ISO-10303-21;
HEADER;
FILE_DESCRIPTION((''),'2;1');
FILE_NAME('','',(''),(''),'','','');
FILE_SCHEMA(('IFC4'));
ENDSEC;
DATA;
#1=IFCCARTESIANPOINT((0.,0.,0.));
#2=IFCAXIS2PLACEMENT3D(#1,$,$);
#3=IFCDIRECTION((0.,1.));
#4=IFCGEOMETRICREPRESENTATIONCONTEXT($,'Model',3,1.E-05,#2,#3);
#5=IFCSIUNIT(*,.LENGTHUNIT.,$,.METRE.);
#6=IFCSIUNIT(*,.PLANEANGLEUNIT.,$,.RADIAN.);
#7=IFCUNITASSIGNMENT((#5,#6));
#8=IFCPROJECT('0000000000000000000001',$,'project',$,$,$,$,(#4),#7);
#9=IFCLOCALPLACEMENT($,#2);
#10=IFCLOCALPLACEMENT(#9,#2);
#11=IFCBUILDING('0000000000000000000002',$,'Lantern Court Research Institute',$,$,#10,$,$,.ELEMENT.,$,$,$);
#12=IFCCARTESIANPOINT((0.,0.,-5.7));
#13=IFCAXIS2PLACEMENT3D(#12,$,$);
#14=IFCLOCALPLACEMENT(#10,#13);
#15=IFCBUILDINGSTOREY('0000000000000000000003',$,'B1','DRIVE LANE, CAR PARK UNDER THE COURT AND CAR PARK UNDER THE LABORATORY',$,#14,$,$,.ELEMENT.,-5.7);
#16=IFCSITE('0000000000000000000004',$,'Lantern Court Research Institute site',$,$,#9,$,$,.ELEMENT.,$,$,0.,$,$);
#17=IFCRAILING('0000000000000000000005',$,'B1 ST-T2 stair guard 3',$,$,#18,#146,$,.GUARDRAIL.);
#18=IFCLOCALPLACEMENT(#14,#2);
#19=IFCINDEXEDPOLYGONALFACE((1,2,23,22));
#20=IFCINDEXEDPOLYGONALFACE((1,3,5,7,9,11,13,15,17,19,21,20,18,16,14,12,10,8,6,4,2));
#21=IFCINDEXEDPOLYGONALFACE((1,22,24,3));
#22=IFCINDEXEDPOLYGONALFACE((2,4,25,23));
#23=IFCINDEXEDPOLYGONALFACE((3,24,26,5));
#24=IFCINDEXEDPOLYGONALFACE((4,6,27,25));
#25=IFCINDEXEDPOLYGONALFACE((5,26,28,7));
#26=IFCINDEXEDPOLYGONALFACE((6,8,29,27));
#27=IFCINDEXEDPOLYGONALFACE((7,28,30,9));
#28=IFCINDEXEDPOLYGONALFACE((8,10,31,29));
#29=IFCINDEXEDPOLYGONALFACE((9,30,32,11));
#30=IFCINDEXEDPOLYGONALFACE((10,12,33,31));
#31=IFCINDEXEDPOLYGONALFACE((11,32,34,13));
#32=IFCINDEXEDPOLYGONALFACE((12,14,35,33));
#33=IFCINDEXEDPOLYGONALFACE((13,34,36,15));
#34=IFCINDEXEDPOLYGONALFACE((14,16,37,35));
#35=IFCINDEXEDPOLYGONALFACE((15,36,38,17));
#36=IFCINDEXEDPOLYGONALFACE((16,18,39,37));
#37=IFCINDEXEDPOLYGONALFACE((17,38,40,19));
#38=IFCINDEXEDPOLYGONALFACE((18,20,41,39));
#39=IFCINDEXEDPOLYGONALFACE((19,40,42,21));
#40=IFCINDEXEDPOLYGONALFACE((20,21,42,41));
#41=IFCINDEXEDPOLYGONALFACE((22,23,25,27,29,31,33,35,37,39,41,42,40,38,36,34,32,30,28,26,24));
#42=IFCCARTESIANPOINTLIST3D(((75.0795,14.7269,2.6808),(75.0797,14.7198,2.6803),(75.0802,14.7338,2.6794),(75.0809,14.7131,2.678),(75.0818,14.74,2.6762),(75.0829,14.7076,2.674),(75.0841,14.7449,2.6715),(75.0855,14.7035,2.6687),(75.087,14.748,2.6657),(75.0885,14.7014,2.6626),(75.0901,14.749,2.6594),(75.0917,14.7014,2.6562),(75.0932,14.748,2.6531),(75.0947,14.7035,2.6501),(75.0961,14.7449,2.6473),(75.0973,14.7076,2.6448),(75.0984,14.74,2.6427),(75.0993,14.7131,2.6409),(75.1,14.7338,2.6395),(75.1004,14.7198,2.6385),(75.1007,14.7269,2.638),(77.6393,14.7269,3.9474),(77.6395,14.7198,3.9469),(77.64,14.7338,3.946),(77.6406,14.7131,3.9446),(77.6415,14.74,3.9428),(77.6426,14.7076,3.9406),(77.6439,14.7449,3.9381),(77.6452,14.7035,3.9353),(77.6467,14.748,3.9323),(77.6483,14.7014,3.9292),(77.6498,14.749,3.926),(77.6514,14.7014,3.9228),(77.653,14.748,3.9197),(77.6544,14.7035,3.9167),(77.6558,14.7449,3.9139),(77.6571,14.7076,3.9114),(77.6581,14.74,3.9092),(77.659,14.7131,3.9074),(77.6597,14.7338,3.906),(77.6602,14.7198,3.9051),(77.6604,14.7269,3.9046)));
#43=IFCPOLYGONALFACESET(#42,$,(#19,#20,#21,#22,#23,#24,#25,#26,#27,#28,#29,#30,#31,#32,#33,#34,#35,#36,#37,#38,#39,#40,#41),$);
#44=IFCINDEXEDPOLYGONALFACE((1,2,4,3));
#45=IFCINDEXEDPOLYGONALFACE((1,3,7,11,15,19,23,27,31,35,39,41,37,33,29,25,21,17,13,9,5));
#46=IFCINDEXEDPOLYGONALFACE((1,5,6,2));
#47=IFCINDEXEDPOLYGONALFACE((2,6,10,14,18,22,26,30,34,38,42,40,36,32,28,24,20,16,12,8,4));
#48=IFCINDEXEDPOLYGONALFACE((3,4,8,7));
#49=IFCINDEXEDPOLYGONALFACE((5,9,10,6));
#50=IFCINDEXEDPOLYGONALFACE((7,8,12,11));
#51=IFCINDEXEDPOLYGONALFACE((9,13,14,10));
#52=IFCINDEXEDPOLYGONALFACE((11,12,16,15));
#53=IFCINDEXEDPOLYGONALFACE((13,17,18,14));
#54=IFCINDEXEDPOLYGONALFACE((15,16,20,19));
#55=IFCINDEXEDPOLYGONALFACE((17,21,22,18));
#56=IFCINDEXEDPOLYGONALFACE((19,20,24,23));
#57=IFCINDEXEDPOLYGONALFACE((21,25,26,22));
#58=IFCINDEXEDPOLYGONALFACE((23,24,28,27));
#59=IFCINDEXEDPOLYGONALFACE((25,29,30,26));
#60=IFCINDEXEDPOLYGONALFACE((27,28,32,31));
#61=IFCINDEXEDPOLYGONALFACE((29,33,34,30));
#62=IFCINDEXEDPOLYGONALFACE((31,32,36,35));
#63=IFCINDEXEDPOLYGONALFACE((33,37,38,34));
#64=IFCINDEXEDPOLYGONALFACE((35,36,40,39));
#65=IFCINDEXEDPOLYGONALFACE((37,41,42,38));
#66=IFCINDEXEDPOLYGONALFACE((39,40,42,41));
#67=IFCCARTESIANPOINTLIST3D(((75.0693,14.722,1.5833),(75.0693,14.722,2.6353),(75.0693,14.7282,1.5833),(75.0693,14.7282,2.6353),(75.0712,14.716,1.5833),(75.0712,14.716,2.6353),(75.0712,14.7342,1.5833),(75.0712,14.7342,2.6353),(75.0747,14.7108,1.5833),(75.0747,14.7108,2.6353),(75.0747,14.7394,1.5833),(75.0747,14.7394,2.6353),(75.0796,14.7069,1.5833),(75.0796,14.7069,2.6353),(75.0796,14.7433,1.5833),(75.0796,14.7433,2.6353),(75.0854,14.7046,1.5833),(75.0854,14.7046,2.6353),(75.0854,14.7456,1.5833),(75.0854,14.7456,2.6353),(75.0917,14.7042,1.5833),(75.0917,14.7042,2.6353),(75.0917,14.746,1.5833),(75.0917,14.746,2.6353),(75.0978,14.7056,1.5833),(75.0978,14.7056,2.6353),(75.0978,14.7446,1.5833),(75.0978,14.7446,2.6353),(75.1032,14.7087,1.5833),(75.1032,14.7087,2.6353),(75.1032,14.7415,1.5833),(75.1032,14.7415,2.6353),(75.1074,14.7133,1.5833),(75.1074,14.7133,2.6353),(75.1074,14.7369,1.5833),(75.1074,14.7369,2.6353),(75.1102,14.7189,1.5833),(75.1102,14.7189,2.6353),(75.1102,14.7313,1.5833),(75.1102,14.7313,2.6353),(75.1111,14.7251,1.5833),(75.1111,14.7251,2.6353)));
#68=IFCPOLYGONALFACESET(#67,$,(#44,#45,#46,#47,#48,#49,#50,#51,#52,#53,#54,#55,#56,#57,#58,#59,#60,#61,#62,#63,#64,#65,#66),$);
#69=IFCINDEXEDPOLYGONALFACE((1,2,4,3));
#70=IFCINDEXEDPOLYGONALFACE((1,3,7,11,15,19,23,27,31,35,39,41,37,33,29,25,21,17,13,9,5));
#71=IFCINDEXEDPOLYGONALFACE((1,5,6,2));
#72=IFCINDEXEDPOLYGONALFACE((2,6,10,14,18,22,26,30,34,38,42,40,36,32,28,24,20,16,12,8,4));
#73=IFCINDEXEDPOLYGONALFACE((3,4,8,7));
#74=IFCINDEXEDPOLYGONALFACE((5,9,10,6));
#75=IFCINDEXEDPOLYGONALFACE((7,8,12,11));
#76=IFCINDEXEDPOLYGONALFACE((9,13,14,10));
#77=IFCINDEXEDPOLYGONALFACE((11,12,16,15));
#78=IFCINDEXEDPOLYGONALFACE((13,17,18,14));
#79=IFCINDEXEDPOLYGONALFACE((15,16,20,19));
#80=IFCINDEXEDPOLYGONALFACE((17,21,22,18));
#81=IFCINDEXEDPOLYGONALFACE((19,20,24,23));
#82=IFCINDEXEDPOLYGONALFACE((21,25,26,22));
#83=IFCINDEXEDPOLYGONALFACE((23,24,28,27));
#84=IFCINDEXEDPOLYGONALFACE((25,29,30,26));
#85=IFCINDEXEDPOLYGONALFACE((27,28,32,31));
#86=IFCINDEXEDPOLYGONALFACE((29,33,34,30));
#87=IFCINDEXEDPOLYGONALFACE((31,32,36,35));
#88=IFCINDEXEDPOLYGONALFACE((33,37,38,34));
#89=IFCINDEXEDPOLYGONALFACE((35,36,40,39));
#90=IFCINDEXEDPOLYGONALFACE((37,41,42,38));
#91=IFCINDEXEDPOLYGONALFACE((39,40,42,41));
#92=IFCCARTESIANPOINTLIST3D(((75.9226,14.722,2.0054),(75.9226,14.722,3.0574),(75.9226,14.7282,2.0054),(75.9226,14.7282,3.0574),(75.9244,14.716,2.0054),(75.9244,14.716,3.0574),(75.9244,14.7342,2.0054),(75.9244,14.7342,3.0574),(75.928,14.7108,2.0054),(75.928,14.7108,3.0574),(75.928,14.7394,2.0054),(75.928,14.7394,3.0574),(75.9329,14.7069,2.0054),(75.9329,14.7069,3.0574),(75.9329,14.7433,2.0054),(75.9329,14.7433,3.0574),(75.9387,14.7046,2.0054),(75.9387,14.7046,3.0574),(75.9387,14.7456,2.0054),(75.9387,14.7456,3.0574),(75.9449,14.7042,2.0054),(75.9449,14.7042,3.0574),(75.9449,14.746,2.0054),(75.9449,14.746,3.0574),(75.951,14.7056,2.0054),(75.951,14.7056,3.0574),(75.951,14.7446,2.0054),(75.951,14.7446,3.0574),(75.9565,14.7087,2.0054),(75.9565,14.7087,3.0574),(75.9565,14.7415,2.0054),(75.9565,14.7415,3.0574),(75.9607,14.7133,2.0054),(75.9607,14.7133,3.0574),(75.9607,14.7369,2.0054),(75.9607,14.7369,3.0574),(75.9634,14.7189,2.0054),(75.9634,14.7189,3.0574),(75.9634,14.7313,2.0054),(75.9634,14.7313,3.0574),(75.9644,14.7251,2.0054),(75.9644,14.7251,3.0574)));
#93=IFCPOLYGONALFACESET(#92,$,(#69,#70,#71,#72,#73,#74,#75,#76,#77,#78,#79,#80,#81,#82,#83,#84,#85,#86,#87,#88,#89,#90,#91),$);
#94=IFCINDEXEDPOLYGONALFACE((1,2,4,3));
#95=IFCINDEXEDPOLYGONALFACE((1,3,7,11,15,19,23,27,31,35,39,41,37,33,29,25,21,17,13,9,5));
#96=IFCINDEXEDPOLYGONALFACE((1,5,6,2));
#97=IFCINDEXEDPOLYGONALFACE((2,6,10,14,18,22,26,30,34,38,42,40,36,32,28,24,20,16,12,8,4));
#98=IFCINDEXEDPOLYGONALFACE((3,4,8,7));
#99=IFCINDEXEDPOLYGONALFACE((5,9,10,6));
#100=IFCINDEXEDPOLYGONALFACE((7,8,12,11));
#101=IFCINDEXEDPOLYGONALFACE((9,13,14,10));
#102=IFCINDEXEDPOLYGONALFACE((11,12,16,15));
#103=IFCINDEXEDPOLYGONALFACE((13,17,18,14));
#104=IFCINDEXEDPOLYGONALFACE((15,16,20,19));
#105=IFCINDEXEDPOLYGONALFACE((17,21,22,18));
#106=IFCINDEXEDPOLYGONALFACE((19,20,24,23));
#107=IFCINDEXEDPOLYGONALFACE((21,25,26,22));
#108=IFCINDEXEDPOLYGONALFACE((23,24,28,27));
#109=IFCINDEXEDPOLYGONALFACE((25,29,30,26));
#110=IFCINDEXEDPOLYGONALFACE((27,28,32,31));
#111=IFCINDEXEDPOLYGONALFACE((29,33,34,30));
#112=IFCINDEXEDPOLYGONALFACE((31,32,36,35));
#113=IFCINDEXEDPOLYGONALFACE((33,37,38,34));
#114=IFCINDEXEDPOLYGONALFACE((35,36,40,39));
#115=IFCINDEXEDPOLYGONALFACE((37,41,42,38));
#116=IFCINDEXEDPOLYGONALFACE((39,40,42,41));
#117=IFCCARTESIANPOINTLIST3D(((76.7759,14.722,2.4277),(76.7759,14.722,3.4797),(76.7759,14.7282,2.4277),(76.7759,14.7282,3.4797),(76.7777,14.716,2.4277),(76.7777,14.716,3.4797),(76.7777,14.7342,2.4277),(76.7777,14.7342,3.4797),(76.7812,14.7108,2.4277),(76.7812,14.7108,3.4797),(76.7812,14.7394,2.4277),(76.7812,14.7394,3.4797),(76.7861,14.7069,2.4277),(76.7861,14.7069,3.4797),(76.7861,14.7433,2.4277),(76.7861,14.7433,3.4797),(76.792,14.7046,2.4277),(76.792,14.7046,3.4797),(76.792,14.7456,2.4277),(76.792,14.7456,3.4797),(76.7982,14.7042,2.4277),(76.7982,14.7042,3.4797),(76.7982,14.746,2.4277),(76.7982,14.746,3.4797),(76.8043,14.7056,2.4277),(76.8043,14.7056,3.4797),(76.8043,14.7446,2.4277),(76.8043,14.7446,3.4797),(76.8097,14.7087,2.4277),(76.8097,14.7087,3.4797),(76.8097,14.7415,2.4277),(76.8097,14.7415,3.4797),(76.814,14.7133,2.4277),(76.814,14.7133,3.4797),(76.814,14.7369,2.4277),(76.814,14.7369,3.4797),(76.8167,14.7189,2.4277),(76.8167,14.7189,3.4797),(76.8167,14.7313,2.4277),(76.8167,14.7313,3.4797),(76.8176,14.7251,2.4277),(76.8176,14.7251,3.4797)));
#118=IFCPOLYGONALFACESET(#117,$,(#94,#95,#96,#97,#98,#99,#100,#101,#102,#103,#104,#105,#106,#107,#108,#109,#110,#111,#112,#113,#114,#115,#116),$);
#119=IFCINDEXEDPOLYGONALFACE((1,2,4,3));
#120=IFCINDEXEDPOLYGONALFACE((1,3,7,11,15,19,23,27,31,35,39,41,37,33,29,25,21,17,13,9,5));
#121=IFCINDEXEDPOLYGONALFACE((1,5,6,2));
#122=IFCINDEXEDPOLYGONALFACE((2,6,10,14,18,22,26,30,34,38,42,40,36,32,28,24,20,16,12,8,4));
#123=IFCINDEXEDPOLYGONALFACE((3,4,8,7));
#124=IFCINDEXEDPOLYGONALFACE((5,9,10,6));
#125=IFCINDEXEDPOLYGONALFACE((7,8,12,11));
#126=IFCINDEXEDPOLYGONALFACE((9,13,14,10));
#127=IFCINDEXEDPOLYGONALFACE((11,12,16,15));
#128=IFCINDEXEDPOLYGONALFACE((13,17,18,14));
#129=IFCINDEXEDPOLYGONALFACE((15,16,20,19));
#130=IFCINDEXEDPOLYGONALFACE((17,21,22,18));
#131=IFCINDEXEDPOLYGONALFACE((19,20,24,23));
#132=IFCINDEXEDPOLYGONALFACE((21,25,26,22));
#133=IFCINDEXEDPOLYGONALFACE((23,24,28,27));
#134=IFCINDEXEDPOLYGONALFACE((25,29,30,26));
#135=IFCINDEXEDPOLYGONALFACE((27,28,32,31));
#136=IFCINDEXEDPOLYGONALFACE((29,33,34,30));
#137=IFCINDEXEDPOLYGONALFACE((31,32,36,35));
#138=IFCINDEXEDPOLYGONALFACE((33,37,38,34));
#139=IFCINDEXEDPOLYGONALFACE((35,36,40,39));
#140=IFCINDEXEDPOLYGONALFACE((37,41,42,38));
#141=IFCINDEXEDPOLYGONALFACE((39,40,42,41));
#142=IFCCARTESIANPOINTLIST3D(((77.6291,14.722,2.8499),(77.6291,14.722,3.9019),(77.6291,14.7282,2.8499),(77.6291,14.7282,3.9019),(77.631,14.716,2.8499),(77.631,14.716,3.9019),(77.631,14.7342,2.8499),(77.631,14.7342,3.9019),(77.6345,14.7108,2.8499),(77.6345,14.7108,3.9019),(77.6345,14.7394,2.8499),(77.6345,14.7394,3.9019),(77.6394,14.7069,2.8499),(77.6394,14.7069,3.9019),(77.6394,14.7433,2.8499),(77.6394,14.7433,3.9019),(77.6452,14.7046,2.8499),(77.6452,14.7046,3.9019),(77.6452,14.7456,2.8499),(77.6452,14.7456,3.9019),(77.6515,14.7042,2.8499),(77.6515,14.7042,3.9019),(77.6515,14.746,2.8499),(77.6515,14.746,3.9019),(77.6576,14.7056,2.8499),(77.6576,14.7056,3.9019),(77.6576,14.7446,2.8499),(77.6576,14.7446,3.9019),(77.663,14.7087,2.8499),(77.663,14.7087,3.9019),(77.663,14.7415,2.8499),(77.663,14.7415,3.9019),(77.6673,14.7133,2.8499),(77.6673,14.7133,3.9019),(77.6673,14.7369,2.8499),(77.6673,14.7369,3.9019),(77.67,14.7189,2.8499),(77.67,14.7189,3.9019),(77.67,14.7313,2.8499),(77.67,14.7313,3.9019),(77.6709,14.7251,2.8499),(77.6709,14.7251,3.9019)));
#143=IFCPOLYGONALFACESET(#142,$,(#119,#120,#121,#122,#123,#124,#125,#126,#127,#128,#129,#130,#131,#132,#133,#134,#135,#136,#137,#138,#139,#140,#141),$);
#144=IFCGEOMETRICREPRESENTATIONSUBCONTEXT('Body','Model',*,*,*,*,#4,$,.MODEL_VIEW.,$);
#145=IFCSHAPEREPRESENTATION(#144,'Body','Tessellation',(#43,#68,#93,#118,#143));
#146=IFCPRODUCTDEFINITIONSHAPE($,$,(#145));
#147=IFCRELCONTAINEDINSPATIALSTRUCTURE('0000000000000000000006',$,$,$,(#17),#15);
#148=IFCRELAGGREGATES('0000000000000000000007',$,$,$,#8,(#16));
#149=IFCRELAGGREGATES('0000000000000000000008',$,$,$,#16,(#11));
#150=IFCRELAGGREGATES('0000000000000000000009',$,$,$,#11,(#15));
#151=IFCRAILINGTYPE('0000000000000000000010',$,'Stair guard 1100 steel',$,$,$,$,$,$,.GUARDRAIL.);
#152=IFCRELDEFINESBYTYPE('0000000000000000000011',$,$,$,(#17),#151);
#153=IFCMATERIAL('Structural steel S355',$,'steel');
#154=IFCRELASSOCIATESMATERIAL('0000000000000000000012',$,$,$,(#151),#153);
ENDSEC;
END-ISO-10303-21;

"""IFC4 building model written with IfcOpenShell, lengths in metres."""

from ifc_helpers import new_model, si_unit, direction, frame, origin, origin_2d, place, context, subcontext, project, spatial, circle, extrude, material, type_object, element, save


model = new_model("IFC4")

# Units and contexts
model_context = context("Model", 3, precision=1e-05, world=origin(), true_north=direction((0.0, 1.0)))
body_context = subcontext(model_context, "Body", "Model", "MODEL_VIEW")
ifc_project = project(units=[si_unit("LENGTHUNIT", "METRE"), si_unit("PLANEANGLEUNIT", "RADIAN")], contexts=[model_context])

# Site, building, storey
site_placement = place(None, origin())
site = spatial("IfcSite", under=ifc_project, at=site_placement, Name="Lantern Court Research Institute site", CompositionType="ELEMENT", RefElevation=0.0)
building_placement = place(site_placement, origin())
building = spatial("IfcBuilding", under=site, at=building_placement, Name="Lantern Court Research Institute", CompositionType="ELEMENT")
storey_placement = place(building_placement, frame((0.0, 0.0, -5.7)))
storey = spatial("IfcBuildingStorey", under=building, at=storey_placement, Name="B1", Description="DRIVE LANE, CAR PARK UNDER THE COURT AND CAR PARK UNDER THE LABORATORY", CompositionType="ELEMENT", Elevation=-5.7)

# Railing
ifc_material_1 = material(Name="Structural steel S355", Category="steel")
railing_type_1 = type_object("IfcRailingType", Name="Stair guard 1100 steel", PredefinedType="GUARDRAIL", material=ifc_material_1)
railing_1_placement = place(storey_placement, frame((75.0901, 14.7251, 1.5833)))
element("IfcRailing", 1, at=railing_1_placement, inside=storey, type_object=railing_type_1, Name="B1 ST-T2 stair guard 3", PredefinedType="GUARDRAIL", context=body_context, shape_type="SweptSolid", body=[
    extrude(circle(Radius=0.0239, at=origin_2d()), frame((0.0, 0.0, 1.0762), z_axis=(0.896283, 0.0, 0.443483), x_axis=(0.0, 1.0, 0.0)), (0.0, 0.0, 1.0), 2.856),
    extrude(circle(Radius=0.021, at=origin_2d()), origin(), (0.0, 0.0, 1.0), 1.052),
    extrude(circle(Radius=0.021, at=origin_2d()), frame((0.8533, 0.0, 0.4221)), (0.0, 0.0, 1.0), 1.052),
    extrude(circle(Radius=0.021, at=origin_2d()), frame((1.7065, 0.0, 0.8445)), (0.0, 0.0, 1.0), 1.052),
    extrude(circle(Radius=0.021, at=origin_2d()), frame((2.5598, 0.0, 1.2666)), (0.0, 0.0, 1.0), 1.052),
])

save(model, "model.ifc")
